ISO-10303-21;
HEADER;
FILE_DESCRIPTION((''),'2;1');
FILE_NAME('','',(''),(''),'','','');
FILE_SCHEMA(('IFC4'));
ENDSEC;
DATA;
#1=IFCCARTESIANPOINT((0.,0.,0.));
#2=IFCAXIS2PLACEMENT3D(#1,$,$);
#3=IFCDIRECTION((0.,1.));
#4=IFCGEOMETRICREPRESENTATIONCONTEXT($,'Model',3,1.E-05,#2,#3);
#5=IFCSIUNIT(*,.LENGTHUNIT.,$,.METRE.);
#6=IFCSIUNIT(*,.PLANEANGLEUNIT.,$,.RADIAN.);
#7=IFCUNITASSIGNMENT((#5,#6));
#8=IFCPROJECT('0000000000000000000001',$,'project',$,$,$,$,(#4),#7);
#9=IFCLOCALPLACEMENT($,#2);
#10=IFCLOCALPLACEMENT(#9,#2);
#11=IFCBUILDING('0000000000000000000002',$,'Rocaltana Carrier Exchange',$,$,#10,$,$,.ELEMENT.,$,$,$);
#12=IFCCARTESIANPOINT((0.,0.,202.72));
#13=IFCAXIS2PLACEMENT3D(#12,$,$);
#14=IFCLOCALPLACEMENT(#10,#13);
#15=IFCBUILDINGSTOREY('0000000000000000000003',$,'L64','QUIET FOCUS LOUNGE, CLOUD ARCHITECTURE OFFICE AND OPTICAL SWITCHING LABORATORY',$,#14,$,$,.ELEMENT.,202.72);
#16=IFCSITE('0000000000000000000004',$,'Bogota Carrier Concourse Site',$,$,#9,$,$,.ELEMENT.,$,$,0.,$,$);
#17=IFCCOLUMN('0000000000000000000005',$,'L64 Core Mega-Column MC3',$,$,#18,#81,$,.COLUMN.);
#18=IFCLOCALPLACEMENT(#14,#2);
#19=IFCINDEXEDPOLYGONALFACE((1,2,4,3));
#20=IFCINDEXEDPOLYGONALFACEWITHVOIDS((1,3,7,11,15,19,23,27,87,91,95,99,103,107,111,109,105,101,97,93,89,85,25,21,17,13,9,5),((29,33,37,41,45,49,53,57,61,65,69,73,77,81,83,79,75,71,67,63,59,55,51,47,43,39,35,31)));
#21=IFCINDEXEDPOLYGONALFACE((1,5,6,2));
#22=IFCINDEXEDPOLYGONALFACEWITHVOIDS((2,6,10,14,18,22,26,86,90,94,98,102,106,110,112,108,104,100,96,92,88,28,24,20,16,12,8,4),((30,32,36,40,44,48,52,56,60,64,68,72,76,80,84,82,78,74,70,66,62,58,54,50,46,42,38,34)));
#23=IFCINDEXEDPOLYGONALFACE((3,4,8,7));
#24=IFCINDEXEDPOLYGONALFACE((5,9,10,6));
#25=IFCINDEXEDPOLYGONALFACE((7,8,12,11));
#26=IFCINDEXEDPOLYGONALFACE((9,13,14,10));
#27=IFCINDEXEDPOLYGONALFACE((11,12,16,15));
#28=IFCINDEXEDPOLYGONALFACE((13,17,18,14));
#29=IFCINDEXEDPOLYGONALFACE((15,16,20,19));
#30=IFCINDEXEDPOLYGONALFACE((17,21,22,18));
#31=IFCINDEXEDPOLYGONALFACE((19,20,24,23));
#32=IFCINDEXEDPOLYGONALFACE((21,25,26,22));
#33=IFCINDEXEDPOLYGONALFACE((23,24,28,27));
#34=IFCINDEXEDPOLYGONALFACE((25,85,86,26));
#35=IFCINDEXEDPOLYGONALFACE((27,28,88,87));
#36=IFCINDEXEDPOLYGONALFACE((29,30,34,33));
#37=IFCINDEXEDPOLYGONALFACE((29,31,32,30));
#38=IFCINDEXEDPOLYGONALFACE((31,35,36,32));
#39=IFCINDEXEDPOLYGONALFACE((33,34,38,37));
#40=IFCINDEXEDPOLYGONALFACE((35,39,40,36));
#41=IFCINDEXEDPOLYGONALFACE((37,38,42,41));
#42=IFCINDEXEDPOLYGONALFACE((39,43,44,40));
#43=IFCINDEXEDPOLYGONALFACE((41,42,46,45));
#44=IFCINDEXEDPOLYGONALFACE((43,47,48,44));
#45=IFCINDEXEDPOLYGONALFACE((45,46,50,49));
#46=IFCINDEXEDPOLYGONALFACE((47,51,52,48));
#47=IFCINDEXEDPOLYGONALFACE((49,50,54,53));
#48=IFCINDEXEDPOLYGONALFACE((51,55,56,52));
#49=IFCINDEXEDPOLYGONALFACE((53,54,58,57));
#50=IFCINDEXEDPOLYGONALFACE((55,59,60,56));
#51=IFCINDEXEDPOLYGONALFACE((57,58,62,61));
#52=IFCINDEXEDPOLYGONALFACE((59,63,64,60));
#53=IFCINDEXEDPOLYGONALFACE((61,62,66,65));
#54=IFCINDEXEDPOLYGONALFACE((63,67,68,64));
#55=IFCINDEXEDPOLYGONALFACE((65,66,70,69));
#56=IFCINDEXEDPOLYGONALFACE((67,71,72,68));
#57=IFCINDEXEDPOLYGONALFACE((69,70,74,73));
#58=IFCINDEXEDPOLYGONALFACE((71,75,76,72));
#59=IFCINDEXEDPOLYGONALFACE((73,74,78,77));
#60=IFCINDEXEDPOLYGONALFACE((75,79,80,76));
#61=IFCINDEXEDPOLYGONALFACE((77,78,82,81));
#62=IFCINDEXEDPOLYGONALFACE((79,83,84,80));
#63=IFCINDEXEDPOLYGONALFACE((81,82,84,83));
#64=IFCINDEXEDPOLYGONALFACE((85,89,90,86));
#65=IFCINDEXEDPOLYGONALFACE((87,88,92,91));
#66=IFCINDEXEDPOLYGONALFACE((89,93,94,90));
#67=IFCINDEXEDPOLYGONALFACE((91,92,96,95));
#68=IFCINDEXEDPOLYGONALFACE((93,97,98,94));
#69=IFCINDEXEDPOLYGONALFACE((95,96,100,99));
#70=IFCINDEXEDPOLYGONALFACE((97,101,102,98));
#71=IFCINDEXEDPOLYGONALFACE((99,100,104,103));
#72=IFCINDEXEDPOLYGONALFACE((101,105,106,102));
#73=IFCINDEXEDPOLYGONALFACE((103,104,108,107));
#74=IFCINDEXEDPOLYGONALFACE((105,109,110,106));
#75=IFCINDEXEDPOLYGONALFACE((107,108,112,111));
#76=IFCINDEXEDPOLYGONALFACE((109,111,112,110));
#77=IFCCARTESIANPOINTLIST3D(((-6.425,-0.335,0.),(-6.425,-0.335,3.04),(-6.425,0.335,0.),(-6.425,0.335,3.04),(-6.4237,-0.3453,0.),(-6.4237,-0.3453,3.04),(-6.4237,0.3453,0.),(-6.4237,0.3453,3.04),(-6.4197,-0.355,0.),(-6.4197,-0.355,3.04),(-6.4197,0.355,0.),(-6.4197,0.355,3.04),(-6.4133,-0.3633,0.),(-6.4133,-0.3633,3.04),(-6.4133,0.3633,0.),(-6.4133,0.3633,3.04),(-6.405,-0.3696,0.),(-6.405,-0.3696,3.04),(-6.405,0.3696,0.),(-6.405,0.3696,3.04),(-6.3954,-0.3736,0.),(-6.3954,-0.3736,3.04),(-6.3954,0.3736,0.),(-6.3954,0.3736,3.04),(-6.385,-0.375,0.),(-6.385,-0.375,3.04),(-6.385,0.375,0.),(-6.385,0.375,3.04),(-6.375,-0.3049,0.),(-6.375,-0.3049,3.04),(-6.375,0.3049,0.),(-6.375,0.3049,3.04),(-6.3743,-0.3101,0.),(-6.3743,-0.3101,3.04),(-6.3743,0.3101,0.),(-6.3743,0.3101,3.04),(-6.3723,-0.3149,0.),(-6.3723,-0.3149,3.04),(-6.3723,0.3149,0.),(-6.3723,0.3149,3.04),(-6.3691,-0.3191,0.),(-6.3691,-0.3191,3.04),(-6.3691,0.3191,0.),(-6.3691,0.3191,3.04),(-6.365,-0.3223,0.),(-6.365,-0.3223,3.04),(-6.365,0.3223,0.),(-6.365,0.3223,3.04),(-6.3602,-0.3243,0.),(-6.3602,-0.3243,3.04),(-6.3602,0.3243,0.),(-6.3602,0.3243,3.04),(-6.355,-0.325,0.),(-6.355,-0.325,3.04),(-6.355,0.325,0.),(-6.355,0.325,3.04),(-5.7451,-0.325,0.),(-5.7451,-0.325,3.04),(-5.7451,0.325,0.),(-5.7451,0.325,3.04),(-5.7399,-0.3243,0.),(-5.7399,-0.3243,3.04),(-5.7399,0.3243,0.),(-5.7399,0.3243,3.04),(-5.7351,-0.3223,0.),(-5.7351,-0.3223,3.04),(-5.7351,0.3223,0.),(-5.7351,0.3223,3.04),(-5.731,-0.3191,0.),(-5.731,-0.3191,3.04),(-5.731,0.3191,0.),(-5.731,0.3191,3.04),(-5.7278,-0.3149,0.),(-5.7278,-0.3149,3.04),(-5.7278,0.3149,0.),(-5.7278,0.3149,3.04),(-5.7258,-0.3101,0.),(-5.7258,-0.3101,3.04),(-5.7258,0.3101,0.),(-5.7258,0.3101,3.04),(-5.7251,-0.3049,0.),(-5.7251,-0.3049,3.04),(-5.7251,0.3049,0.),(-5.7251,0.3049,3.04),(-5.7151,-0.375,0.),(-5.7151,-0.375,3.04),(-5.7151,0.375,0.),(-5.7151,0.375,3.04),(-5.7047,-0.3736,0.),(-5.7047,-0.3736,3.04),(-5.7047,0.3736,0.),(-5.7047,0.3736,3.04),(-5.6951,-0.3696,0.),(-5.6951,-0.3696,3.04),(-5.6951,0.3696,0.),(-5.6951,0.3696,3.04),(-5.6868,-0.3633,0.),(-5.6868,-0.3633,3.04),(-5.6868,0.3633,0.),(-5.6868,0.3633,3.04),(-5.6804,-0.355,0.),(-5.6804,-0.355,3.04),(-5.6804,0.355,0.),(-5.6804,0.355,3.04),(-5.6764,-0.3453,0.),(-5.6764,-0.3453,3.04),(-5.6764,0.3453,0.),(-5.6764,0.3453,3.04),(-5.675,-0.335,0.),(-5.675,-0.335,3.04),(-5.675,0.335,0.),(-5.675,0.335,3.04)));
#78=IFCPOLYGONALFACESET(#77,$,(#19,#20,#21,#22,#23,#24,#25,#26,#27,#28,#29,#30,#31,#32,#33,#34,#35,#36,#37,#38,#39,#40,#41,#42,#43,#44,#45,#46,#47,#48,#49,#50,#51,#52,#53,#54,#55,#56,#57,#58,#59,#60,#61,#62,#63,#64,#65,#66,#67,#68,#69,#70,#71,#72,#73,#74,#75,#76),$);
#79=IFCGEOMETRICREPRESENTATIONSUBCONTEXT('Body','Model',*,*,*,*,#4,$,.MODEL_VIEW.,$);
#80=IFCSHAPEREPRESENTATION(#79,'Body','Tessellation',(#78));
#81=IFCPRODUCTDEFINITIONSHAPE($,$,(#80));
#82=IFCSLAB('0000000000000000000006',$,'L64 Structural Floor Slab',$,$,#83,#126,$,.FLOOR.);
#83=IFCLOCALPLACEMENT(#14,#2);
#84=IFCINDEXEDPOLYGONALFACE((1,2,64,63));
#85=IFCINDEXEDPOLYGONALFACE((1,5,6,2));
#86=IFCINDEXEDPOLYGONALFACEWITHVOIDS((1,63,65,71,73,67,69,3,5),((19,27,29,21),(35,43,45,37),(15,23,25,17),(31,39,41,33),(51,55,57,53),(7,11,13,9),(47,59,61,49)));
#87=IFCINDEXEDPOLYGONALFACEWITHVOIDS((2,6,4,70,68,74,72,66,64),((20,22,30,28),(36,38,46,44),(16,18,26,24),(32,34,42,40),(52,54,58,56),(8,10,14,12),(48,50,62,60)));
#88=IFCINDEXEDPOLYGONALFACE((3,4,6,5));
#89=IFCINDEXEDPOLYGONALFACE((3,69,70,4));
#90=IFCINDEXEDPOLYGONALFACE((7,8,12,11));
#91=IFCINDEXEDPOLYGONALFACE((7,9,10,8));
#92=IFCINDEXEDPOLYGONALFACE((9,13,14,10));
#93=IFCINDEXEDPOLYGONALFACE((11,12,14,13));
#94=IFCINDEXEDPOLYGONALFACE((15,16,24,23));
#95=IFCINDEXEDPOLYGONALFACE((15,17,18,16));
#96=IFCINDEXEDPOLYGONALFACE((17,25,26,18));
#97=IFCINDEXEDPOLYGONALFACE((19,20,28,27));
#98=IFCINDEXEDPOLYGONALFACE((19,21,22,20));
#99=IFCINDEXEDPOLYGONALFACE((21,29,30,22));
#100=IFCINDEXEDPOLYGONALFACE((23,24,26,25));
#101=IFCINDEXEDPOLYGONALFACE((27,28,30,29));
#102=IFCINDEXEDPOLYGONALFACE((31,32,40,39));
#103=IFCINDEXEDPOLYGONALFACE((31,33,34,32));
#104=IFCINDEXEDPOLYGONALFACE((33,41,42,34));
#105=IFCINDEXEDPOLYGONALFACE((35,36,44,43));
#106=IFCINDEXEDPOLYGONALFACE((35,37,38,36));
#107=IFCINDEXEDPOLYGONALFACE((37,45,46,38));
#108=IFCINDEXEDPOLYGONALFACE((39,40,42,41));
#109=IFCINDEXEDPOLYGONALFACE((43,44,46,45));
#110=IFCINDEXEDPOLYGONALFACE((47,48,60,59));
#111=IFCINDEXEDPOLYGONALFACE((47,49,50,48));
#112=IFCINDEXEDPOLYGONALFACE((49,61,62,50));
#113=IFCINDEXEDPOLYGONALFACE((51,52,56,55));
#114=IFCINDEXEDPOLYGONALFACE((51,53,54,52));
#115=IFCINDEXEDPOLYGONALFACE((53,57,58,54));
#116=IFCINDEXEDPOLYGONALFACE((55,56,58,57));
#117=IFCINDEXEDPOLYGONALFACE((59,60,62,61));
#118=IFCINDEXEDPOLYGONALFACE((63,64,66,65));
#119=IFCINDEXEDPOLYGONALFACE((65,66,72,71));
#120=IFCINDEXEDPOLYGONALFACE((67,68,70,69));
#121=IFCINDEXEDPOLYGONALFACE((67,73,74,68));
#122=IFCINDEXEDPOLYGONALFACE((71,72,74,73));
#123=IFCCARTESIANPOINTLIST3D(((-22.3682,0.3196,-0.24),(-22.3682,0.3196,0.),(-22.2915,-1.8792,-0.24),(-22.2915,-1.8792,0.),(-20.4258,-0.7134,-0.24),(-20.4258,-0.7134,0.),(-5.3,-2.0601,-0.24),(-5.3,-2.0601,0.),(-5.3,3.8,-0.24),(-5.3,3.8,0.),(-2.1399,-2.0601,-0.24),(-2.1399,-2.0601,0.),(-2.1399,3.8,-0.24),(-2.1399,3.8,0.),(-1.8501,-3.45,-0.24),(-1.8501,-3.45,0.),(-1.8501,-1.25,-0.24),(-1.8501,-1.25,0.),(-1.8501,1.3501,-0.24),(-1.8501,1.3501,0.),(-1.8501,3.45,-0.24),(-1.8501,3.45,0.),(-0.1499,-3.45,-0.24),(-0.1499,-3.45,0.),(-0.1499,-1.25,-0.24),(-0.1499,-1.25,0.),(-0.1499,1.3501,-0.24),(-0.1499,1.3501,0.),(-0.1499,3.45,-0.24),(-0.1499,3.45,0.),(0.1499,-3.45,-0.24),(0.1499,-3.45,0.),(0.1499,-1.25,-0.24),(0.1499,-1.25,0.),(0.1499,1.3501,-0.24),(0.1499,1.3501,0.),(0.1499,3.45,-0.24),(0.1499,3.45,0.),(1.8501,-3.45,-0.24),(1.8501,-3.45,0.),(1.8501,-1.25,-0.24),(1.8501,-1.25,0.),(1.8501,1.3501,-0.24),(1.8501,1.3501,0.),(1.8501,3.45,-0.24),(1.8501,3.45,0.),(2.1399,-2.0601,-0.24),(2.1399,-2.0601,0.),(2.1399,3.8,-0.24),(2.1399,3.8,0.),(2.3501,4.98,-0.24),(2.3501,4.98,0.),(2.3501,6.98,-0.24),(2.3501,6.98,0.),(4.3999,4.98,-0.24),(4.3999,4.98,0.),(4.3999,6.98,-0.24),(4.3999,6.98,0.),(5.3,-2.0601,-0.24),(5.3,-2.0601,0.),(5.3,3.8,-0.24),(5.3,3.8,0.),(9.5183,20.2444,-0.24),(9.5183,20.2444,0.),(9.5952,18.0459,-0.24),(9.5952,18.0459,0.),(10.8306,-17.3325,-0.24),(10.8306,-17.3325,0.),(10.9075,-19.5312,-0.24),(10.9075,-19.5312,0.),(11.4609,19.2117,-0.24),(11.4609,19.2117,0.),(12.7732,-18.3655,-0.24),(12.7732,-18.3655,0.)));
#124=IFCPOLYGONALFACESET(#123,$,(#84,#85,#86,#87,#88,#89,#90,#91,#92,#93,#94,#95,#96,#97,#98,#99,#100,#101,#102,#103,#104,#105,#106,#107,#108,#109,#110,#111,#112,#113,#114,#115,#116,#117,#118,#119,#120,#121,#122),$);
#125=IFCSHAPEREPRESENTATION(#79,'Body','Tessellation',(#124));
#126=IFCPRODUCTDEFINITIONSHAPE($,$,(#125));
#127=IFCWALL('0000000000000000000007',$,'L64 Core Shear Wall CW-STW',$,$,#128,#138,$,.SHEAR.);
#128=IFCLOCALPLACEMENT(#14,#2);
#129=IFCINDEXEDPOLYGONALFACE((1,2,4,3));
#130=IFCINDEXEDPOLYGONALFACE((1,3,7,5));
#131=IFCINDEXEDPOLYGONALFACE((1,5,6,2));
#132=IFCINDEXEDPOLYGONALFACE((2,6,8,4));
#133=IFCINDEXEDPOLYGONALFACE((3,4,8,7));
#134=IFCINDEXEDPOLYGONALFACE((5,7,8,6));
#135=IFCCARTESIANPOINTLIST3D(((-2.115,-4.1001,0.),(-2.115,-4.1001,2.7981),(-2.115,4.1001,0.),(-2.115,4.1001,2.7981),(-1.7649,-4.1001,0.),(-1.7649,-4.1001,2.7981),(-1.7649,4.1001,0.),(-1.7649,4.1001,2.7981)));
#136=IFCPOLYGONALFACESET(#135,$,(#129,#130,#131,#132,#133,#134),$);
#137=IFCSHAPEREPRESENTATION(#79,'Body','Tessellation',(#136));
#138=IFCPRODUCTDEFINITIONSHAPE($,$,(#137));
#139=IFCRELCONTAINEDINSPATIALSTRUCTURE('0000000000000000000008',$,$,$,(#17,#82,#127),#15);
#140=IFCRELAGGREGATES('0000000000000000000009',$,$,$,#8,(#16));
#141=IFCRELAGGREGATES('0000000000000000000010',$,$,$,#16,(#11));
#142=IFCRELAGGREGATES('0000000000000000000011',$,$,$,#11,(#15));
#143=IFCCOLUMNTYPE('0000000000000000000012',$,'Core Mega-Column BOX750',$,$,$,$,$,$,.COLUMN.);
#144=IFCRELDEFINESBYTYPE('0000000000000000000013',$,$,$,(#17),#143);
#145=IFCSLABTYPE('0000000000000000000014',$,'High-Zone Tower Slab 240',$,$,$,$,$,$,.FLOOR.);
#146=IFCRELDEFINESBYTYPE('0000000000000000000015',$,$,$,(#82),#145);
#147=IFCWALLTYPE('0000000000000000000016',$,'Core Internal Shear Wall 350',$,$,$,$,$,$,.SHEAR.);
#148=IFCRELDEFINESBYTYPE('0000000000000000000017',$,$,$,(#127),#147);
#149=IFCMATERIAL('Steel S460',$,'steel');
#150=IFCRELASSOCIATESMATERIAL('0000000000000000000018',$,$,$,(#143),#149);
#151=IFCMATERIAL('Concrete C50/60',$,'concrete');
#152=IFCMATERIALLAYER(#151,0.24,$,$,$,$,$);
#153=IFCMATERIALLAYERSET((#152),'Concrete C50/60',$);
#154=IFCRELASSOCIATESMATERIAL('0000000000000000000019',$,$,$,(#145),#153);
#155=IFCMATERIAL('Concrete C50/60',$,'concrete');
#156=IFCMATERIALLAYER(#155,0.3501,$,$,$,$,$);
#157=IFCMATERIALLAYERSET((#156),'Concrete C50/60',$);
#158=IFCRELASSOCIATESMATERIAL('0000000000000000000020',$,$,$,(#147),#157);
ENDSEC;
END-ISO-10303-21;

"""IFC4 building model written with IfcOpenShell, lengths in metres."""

from ifc_helpers import new_model, si_unit, direction, frame, frame_2d, origin, origin_2d, place, context, subcontext, project, spatial, polyline, rectangle, hollow_rectangle, outline, extrude, material, layer, layer_set, material_profile, profile_set, type_object, element, save


model = new_model("IFC4")

# Units and contexts
model_context = context("Model", 3, precision=1e-05, world=origin(), true_north=direction((0.0, 1.0)))
body_context = subcontext(model_context, "Body", "Model", "MODEL_VIEW")
ifc_project = project(units=[si_unit("LENGTHUNIT", "METRE"), si_unit("PLANEANGLEUNIT", "RADIAN")], contexts=[model_context])

# Site, building, storey
site_placement = place(None, origin())
site = spatial("IfcSite", under=ifc_project, at=site_placement, Name="Bogota Carrier Concourse Site", CompositionType="ELEMENT", RefElevation=0.0)
building_placement = place(site_placement, origin())
building = spatial("IfcBuilding", under=site, at=building_placement, Name="Rocaltana Carrier Exchange", CompositionType="ELEMENT")
storey_placement = place(building_placement, frame((0.0, 0.0, 202.72)))
storey = spatial("IfcBuildingStorey", under=building, at=storey_placement, Name="L64", Description="QUIET FOCUS LOUNGE, CLOUD ARCHITECTURE OFFICE AND OPTICAL SWITCHING LABORATORY", CompositionType="ELEMENT", Elevation=202.72)

# Column
ifc_material_1 = material(Name="Steel S460", Category="steel")
ifc_material_profile = material_profile(ifc_material_1, hollow_rectangle(XDim=0.75, YDim=0.75, WallThickness=0.05, InnerFilletRadius=0.02, OuterFilletRadius=0.04, at=origin_2d()), Name="BOX750X750X50")
ifc_profile_set = profile_set([ifc_material_profile], Name="Steel S460")
column_type = type_object("IfcColumnType", Name="Core Mega-Column BOX750", PredefinedType="COLUMN", material=ifc_profile_set)
column_placement = place(storey_placement, frame((-6.05, 0.0, 0.0), z_axis=(0.0, 0.0, 1.0), x_axis=(1.0, 0.0, 0.0)))
element("IfcColumn", 1, at=column_placement, inside=storey, type_object=column_type, Name="L64 Core Mega-Column MC3", PredefinedType="COLUMN", context=body_context, shape_type="SweptSolid", body=[
    extrude(hollow_rectangle(XDim=0.75, YDim=0.75, WallThickness=0.05, InnerFilletRadius=0.02, OuterFilletRadius=0.04, at=origin_2d()), origin(), (0.0, 0.0, 1.0), 3.04),
])

# Slab
ifc_material_2 = material(Name="Concrete C50/60", Category="concrete")
ifc_layer_1 = layer(ifc_material_2, 0.24)
ifc_layer_set_1 = layer_set([ifc_layer_1], Name="Concrete C50/60")
slab_type = type_object("IfcSlabType", Name="High-Zone Tower Slab 240", PredefinedType="FLOOR", material=ifc_layer_set_1)
slab_placement = place(storey_placement, frame((0.0, 0.0, -0.24)))
element("IfcSlab", 2, at=slab_placement, inside=storey, type_object=slab_type, Name="L64 Structural Floor Slab", PredefinedType="FLOOR", context=body_context, shape_type="SweptSolid", body=[
    extrude(outline(polyline([(10.9075, -19.5312), (10.8306, -17.3325), (12.7732, -18.3655), (11.4609, 19.2117), (9.5952, 18.0459), (9.5183, 20.2444), (-22.3682, 0.3196), (-20.4258, -0.7134), (-22.2915, -1.8792), (10.9075, -19.5312)]), holes=[polyline([(-5.3, -2.0601), (-2.1399, -2.0601), (-2.1399, 3.8), (-5.3, 3.8), (-5.3, -2.0601)]), polyline([(2.1399, -2.0601), (5.3, -2.0601), (5.3, 3.8), (2.1399, 3.8), (2.1399, -2.0601)]), polyline([(-1.8501, -3.45), (-0.1499, -3.45), (-0.1499, -1.25), (-1.8501, -1.25), (-1.8501, -3.45)]), polyline([(0.1499, -3.45), (1.8501, -3.45), (1.8501, -1.25), (0.1499, -1.25), (0.1499, -3.45)]), polyline([(2.3501, 4.98), (4.3999, 4.98), (4.3999, 6.98), (2.3501, 6.98), (2.3501, 4.98)]), polyline([(-1.8501, 1.3501), (-0.1499, 1.3501), (-0.1499, 3.45), (-1.8501, 3.45), (-1.8501, 1.3501)]), polyline([(0.1499, 1.3501), (1.8501, 1.3501), (1.8501, 3.45), (0.1499, 3.45), (0.1499, 1.3501)])]), origin(), (0.0, 0.0, 1.0), 0.24),
])

# Wall
ifc_material_3 = material(Name="Concrete C50/60", Category="concrete")
ifc_layer_2 = layer(ifc_material_3, 0.3501)
ifc_layer_set_2 = layer_set([ifc_layer_2], Name="Concrete C50/60")
wall_type_1 = type_object("IfcWallType", Name="Core Internal Shear Wall 350", PredefinedType="SHEAR", material=ifc_layer_set_2)
wall_1_placement = place(storey_placement, frame((-1.9399, -4.1001, 0.0), z_axis=(0.0, 0.0, 1.0), x_axis=(0.0, 1.0, 0.0)))
element("IfcWall", 3, at=wall_1_placement, inside=storey, type_object=wall_type_1, Name="L64 Core Shear Wall CW-STW", PredefinedType="SHEAR", context=body_context, shape_type="SweptSolid", body=[
    extrude(rectangle(XDim=8.2002, YDim=0.3501, at=frame_2d((4.1001, 0.0))), origin(), (0.0, 0.0, 1.0), 2.7981),
])

save(model, "model.ifc")
